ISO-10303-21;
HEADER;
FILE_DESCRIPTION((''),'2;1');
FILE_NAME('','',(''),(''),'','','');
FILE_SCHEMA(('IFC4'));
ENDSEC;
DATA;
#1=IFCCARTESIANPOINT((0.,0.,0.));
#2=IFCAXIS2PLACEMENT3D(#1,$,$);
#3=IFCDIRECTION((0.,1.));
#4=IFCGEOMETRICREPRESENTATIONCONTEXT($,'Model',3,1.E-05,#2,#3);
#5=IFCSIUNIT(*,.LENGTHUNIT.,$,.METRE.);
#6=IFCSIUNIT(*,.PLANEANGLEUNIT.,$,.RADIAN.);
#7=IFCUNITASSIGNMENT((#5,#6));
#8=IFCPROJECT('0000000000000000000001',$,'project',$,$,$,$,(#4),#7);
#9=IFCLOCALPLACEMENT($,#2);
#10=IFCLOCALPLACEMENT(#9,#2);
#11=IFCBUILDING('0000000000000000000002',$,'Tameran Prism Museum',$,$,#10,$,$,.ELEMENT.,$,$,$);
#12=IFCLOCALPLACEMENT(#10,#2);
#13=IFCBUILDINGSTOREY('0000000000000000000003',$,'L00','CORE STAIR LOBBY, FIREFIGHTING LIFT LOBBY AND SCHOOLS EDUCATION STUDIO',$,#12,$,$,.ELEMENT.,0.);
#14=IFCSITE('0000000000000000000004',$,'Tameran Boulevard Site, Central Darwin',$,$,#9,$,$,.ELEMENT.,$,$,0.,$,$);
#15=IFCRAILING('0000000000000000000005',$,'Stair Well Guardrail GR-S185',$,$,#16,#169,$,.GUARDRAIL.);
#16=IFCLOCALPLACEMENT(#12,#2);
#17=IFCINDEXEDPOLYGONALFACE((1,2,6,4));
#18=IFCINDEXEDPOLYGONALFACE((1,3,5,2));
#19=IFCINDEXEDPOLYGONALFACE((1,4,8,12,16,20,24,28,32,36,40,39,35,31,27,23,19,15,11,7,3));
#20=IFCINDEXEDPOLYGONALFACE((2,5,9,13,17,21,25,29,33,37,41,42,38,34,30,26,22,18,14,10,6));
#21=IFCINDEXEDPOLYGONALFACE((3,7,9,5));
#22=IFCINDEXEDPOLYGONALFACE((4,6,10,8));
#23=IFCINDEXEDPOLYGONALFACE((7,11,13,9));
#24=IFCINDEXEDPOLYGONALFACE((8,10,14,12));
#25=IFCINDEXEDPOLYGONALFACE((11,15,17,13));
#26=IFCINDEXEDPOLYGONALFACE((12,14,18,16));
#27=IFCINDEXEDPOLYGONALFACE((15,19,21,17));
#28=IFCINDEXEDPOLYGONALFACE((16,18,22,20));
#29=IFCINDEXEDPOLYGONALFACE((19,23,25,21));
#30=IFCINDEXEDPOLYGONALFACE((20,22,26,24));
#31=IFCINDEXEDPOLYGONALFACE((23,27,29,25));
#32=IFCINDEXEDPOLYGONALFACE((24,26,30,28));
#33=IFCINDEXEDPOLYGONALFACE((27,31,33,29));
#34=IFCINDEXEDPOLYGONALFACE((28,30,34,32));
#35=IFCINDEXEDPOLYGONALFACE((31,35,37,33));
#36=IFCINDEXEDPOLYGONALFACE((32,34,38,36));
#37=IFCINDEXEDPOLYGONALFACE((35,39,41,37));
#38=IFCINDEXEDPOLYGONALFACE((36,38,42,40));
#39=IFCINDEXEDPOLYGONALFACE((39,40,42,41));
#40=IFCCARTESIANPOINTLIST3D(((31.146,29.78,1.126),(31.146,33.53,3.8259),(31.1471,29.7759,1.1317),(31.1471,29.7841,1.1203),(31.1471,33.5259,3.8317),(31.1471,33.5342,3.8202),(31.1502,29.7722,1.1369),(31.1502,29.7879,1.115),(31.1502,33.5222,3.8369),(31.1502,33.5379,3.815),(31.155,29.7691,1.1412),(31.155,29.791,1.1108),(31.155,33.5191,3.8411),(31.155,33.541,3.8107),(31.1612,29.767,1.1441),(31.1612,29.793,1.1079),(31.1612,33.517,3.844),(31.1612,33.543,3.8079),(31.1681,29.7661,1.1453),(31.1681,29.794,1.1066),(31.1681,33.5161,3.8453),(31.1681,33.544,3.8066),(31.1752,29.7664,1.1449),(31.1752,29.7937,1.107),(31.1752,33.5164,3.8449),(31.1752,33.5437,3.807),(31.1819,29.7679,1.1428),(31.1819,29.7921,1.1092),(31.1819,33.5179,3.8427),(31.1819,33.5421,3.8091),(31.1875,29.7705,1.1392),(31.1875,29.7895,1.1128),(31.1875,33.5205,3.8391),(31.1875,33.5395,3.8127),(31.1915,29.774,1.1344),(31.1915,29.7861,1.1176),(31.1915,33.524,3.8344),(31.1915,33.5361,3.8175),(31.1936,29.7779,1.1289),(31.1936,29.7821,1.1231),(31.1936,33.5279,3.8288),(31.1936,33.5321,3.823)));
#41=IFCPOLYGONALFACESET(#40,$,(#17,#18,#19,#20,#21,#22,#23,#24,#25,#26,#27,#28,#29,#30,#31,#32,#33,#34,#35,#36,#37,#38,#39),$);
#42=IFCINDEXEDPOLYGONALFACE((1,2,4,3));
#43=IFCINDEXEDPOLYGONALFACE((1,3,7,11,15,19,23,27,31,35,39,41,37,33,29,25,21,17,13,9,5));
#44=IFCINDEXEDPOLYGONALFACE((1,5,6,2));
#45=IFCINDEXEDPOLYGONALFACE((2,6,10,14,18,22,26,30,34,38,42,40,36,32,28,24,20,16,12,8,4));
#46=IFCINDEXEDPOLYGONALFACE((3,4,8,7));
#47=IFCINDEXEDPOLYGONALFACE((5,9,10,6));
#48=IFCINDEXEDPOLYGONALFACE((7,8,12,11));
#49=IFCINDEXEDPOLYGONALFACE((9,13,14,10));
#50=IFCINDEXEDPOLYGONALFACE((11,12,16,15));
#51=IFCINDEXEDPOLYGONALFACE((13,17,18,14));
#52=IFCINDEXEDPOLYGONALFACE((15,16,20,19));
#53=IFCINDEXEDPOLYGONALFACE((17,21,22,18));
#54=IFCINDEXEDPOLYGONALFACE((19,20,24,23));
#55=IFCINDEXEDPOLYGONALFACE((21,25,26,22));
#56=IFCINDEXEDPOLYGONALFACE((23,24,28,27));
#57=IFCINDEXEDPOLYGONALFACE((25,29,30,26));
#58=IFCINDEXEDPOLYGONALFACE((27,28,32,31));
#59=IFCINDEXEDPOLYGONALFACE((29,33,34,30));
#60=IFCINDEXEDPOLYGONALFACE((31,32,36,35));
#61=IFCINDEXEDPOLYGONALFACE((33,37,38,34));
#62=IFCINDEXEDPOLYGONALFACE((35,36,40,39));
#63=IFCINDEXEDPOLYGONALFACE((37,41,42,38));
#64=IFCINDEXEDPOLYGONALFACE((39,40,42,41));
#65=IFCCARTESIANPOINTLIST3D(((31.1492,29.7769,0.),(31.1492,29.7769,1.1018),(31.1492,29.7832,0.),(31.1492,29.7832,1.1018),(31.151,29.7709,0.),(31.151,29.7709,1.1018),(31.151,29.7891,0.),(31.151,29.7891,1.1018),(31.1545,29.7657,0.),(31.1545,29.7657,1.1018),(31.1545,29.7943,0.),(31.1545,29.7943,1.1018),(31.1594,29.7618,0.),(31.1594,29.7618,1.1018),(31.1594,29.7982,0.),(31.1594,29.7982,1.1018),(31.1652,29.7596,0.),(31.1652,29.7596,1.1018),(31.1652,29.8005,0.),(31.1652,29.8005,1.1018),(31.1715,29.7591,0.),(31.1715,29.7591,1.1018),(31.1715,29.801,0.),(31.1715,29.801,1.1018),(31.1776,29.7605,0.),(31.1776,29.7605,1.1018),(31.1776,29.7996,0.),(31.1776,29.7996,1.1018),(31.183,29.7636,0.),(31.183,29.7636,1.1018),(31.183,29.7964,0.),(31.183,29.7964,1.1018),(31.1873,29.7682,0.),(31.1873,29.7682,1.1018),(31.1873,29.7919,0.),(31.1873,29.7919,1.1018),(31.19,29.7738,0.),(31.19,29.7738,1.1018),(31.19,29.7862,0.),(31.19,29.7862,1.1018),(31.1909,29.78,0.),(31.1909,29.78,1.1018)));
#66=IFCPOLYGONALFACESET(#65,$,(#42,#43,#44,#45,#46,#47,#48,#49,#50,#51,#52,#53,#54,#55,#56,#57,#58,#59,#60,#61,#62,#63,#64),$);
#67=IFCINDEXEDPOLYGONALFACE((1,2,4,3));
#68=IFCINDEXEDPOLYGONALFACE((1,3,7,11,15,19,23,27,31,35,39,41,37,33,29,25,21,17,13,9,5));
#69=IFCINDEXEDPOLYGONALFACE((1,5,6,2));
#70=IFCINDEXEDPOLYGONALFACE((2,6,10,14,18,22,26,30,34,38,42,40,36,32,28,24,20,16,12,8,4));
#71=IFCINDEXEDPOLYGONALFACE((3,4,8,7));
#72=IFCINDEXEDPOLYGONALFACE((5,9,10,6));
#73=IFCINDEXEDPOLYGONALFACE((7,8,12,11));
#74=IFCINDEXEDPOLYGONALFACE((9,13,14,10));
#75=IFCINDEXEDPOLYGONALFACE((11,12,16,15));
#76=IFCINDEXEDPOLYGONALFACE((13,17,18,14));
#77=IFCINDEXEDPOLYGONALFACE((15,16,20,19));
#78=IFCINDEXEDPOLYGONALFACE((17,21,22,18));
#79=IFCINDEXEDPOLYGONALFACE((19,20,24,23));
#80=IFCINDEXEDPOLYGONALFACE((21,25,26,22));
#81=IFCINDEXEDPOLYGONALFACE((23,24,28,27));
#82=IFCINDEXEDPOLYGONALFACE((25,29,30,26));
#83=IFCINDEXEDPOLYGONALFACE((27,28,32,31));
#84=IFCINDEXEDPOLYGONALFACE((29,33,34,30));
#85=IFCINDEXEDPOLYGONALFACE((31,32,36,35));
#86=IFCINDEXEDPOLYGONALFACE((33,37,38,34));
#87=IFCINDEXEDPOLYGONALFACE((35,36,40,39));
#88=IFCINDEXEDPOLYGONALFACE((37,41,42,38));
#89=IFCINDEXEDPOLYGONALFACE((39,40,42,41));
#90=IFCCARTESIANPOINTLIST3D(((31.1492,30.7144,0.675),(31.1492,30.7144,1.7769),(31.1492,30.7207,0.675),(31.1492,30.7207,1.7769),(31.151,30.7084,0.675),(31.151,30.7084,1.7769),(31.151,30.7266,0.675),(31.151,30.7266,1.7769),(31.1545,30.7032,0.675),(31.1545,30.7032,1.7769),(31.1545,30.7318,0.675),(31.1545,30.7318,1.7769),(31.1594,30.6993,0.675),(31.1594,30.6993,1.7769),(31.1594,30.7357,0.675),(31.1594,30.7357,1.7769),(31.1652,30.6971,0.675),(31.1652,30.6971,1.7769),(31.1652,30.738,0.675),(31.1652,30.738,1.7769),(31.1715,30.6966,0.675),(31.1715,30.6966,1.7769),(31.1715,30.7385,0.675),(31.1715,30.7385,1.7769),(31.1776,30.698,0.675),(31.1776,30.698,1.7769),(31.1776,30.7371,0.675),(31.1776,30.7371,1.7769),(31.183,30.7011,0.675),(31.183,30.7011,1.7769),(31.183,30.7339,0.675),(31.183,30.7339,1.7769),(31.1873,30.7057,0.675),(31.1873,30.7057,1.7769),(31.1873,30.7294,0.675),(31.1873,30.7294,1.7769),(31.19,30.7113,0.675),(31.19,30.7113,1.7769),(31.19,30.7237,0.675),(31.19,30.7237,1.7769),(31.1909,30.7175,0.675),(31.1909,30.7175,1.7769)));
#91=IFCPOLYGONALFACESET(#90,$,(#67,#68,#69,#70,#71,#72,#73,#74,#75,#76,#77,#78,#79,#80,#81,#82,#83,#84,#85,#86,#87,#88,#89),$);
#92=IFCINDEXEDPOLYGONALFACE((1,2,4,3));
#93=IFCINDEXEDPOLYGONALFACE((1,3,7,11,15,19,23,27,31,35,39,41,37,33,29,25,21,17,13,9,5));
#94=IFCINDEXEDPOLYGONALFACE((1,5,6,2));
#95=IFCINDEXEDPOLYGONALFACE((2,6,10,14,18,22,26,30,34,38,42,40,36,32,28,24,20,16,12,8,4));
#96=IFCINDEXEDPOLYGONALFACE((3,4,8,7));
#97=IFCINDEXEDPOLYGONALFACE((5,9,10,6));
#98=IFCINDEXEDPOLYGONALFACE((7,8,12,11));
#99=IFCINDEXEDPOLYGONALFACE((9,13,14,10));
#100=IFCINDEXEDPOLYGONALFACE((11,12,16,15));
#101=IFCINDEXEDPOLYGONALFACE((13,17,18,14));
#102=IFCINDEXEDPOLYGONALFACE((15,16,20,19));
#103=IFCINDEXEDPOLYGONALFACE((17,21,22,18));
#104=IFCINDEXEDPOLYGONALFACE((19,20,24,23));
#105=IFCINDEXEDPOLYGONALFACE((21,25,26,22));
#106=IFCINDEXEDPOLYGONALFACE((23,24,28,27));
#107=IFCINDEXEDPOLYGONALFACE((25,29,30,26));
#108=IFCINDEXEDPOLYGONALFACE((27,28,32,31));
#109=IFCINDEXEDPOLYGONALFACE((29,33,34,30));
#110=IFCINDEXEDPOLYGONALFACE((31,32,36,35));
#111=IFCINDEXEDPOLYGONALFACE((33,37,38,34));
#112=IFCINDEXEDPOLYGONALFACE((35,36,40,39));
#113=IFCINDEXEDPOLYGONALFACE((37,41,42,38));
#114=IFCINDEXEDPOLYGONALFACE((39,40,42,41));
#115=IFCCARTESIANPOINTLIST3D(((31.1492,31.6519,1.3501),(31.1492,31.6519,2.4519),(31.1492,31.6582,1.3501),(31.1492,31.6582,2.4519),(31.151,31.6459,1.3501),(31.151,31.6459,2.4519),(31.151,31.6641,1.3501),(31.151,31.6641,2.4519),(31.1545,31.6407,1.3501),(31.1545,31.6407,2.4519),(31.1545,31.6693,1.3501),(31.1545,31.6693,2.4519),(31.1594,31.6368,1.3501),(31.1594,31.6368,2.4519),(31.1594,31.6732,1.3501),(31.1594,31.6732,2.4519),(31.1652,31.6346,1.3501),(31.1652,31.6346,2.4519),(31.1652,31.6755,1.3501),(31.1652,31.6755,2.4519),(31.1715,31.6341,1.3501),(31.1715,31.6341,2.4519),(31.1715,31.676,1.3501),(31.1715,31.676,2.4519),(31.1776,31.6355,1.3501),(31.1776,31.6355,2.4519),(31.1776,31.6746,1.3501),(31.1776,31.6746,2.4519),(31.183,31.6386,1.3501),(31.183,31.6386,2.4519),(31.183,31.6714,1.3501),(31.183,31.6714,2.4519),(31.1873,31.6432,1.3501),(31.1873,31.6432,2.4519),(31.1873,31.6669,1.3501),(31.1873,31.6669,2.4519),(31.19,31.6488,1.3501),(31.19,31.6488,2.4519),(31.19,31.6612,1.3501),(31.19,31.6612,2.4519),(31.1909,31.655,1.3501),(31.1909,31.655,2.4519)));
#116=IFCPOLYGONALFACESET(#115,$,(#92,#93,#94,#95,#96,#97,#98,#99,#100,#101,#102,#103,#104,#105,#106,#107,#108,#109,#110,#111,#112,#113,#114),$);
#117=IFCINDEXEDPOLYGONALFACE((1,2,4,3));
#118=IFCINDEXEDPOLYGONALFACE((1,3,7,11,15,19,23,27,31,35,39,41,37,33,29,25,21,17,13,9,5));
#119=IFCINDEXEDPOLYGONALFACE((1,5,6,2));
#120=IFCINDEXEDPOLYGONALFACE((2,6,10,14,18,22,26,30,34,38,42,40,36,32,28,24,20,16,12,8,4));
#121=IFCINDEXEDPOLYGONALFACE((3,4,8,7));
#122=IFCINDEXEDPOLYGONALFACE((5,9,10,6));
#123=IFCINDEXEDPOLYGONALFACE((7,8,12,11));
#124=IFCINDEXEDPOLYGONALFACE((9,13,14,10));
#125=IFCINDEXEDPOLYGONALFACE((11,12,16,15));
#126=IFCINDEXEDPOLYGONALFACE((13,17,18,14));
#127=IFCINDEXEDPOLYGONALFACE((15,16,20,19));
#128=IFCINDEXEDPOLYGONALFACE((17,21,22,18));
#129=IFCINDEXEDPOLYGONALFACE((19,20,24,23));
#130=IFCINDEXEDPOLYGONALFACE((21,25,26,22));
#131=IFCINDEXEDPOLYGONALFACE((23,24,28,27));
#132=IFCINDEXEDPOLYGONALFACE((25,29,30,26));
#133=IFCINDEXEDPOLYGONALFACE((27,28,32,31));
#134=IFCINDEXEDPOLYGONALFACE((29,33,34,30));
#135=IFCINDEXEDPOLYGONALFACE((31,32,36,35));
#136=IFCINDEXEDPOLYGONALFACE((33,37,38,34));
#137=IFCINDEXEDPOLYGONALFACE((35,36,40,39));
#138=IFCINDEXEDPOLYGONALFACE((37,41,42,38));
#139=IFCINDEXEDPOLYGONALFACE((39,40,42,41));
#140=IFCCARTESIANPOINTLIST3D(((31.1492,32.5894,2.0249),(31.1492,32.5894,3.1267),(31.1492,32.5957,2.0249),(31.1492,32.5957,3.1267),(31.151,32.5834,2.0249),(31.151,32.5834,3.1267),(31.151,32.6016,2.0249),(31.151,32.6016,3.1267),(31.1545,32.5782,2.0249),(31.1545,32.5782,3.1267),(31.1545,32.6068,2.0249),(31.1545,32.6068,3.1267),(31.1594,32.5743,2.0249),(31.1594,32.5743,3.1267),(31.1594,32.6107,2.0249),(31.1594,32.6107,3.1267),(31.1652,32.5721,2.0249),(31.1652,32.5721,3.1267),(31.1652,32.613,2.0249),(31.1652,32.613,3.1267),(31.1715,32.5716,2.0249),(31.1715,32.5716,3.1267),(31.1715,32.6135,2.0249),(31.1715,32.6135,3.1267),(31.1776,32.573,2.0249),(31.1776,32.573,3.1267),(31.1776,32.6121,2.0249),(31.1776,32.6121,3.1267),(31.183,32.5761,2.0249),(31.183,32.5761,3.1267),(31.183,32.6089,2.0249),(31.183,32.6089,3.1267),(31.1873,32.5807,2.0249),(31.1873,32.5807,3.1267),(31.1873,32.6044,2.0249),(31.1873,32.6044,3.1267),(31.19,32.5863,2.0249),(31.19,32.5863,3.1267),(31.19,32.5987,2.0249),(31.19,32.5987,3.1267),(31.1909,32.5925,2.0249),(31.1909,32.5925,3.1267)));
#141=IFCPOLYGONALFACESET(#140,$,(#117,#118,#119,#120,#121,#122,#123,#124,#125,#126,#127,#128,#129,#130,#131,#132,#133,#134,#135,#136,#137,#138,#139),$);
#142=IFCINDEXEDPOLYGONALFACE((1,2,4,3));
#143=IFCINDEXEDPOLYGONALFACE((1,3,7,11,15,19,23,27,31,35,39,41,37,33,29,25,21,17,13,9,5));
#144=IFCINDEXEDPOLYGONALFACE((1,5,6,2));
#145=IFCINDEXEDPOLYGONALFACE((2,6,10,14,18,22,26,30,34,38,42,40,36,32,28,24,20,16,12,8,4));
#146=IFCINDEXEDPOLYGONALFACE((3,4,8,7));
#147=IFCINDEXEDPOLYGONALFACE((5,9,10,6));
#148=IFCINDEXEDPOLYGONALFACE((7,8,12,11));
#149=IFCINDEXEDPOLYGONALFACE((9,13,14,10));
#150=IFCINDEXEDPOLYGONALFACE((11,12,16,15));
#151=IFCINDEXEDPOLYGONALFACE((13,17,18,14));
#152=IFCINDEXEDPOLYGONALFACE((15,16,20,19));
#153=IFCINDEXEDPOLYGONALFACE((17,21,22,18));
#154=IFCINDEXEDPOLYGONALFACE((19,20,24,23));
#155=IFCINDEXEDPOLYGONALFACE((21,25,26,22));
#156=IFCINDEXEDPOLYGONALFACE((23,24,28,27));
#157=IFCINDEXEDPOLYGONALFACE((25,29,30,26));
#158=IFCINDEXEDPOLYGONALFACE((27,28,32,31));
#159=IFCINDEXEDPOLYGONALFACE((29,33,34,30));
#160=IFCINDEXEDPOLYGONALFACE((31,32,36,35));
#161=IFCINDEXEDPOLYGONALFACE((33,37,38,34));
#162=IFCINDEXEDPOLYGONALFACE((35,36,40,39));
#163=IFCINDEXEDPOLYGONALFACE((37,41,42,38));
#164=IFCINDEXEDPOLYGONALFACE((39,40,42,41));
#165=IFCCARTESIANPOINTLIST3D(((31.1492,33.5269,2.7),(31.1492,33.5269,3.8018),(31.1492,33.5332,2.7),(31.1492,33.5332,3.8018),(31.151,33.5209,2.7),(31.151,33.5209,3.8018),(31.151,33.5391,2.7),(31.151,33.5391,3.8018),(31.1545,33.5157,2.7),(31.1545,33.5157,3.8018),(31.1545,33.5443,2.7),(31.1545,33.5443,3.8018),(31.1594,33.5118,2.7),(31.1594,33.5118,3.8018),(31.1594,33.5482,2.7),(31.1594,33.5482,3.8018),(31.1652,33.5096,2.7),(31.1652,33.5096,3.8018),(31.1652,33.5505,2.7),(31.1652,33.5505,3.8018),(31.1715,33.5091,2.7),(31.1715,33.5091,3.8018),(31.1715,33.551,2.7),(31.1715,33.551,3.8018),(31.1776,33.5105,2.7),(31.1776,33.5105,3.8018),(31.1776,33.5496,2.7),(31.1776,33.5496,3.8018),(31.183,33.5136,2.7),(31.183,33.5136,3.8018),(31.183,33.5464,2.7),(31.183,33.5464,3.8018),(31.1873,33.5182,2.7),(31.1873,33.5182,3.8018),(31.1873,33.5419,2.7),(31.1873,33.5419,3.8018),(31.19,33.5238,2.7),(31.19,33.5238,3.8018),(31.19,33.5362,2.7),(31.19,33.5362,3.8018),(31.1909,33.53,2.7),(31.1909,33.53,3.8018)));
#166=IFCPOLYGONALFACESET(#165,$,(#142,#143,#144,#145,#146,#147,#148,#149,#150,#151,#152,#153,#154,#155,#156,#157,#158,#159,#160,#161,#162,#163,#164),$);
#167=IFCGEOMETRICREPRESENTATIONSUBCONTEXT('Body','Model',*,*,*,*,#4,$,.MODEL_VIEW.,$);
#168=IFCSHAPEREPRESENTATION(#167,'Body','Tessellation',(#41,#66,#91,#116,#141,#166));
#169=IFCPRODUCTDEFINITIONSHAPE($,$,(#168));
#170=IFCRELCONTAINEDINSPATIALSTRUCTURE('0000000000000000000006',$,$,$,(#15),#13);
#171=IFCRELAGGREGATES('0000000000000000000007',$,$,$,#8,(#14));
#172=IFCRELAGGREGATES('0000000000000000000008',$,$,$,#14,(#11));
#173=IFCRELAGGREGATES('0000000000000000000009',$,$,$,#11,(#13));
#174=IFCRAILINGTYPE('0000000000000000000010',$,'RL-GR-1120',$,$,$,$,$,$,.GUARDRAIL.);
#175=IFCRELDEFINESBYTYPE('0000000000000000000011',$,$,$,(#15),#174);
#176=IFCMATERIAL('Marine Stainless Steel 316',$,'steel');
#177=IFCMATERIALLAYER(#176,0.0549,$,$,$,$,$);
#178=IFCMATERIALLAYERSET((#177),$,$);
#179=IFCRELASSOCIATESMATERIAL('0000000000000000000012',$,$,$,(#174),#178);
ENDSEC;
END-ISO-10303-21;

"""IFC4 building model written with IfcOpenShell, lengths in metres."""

from ifc_helpers import new_model, si_unit, direction, frame, origin, origin_2d, place, context, subcontext, project, spatial, circle, extrude, material, layer, layer_set, type_object, element, save


model = new_model("IFC4")

# Units and contexts
model_context = context("Model", 3, precision=1e-05, world=origin(), true_north=direction((0.0, 1.0)))
body_context = subcontext(model_context, "Body", "Model", "MODEL_VIEW")
ifc_project = project(units=[si_unit("LENGTHUNIT", "METRE"), si_unit("PLANEANGLEUNIT", "RADIAN")], contexts=[model_context])

# Site, building, storey
site_placement = place(None, origin())
site = spatial("IfcSite", under=ifc_project, at=site_placement, Name="Tameran Boulevard Site, Central Darwin", CompositionType="ELEMENT", RefElevation=0.0)
building_placement = place(site_placement, origin())
building = spatial("IfcBuilding", under=site, at=building_placement, Name="Tameran Prism Museum", CompositionType="ELEMENT")
storey_placement = place(building_placement, origin())
storey = spatial("IfcBuildingStorey", under=building, at=storey_placement, Name="L00", Description="CORE STAIR LOBBY, FIREFIGHTING LIFT LOBBY AND SCHOOLS EDUCATION STUDIO", CompositionType="ELEMENT", Elevation=0.0)

# Railing
ifc_material_1 = material(Name="Marine Stainless Steel 316", Category="steel")
ifc_layer_1 = layer(ifc_material_1, 0.0549)
ifc_layer_set_1 = layer_set([ifc_layer_1])
railing_type_1 = type_object("IfcRailingType", Name="RL-GR-1120", PredefinedType="GUARDRAIL", material=ifc_layer_set_1)
railing_1_placement = place(storey_placement, frame((31.1699, 29.78, 0.0)))
element("IfcRailing", 1, at=railing_1_placement, inside=storey, type_object=railing_type_1, Name="Stair Well Guardrail GR-S185", PredefinedType="GUARDRAIL", context=body_context, shape_type="SweptSolid", body=[
    extrude(circle(Radius=0.0239, at=origin_2d()), frame((0.0, 0.0, 1.126), z_axis=(0.0, 0.811539, 0.584298), x_axis=(-1.0, 0.0, 0.0)), (0.0, 0.0, 1.0), 4.6208),
    extrude(circle(Radius=0.021, at=origin_2d()), origin(), (0.0, 0.0, 1.0), 1.1018),
    extrude(circle(Radius=0.021, at=origin_2d()), frame((0.0, 0.9375, 0.675)), (0.0, 0.0, 1.0), 1.1018),
    extrude(circle(Radius=0.021, at=origin_2d()), frame((0.0, 1.875, 1.3501)), (0.0, 0.0, 1.0), 1.1018),
    extrude(circle(Radius=0.021, at=origin_2d()), frame((0.0, 2.8125, 2.0249)), (0.0, 0.0, 1.0), 1.1018),
    extrude(circle(Radius=0.021, at=origin_2d()), frame((0.0, 3.75, 2.7)), (0.0, 0.0, 1.0), 1.1018),
])

save(model, "model.ifc")
